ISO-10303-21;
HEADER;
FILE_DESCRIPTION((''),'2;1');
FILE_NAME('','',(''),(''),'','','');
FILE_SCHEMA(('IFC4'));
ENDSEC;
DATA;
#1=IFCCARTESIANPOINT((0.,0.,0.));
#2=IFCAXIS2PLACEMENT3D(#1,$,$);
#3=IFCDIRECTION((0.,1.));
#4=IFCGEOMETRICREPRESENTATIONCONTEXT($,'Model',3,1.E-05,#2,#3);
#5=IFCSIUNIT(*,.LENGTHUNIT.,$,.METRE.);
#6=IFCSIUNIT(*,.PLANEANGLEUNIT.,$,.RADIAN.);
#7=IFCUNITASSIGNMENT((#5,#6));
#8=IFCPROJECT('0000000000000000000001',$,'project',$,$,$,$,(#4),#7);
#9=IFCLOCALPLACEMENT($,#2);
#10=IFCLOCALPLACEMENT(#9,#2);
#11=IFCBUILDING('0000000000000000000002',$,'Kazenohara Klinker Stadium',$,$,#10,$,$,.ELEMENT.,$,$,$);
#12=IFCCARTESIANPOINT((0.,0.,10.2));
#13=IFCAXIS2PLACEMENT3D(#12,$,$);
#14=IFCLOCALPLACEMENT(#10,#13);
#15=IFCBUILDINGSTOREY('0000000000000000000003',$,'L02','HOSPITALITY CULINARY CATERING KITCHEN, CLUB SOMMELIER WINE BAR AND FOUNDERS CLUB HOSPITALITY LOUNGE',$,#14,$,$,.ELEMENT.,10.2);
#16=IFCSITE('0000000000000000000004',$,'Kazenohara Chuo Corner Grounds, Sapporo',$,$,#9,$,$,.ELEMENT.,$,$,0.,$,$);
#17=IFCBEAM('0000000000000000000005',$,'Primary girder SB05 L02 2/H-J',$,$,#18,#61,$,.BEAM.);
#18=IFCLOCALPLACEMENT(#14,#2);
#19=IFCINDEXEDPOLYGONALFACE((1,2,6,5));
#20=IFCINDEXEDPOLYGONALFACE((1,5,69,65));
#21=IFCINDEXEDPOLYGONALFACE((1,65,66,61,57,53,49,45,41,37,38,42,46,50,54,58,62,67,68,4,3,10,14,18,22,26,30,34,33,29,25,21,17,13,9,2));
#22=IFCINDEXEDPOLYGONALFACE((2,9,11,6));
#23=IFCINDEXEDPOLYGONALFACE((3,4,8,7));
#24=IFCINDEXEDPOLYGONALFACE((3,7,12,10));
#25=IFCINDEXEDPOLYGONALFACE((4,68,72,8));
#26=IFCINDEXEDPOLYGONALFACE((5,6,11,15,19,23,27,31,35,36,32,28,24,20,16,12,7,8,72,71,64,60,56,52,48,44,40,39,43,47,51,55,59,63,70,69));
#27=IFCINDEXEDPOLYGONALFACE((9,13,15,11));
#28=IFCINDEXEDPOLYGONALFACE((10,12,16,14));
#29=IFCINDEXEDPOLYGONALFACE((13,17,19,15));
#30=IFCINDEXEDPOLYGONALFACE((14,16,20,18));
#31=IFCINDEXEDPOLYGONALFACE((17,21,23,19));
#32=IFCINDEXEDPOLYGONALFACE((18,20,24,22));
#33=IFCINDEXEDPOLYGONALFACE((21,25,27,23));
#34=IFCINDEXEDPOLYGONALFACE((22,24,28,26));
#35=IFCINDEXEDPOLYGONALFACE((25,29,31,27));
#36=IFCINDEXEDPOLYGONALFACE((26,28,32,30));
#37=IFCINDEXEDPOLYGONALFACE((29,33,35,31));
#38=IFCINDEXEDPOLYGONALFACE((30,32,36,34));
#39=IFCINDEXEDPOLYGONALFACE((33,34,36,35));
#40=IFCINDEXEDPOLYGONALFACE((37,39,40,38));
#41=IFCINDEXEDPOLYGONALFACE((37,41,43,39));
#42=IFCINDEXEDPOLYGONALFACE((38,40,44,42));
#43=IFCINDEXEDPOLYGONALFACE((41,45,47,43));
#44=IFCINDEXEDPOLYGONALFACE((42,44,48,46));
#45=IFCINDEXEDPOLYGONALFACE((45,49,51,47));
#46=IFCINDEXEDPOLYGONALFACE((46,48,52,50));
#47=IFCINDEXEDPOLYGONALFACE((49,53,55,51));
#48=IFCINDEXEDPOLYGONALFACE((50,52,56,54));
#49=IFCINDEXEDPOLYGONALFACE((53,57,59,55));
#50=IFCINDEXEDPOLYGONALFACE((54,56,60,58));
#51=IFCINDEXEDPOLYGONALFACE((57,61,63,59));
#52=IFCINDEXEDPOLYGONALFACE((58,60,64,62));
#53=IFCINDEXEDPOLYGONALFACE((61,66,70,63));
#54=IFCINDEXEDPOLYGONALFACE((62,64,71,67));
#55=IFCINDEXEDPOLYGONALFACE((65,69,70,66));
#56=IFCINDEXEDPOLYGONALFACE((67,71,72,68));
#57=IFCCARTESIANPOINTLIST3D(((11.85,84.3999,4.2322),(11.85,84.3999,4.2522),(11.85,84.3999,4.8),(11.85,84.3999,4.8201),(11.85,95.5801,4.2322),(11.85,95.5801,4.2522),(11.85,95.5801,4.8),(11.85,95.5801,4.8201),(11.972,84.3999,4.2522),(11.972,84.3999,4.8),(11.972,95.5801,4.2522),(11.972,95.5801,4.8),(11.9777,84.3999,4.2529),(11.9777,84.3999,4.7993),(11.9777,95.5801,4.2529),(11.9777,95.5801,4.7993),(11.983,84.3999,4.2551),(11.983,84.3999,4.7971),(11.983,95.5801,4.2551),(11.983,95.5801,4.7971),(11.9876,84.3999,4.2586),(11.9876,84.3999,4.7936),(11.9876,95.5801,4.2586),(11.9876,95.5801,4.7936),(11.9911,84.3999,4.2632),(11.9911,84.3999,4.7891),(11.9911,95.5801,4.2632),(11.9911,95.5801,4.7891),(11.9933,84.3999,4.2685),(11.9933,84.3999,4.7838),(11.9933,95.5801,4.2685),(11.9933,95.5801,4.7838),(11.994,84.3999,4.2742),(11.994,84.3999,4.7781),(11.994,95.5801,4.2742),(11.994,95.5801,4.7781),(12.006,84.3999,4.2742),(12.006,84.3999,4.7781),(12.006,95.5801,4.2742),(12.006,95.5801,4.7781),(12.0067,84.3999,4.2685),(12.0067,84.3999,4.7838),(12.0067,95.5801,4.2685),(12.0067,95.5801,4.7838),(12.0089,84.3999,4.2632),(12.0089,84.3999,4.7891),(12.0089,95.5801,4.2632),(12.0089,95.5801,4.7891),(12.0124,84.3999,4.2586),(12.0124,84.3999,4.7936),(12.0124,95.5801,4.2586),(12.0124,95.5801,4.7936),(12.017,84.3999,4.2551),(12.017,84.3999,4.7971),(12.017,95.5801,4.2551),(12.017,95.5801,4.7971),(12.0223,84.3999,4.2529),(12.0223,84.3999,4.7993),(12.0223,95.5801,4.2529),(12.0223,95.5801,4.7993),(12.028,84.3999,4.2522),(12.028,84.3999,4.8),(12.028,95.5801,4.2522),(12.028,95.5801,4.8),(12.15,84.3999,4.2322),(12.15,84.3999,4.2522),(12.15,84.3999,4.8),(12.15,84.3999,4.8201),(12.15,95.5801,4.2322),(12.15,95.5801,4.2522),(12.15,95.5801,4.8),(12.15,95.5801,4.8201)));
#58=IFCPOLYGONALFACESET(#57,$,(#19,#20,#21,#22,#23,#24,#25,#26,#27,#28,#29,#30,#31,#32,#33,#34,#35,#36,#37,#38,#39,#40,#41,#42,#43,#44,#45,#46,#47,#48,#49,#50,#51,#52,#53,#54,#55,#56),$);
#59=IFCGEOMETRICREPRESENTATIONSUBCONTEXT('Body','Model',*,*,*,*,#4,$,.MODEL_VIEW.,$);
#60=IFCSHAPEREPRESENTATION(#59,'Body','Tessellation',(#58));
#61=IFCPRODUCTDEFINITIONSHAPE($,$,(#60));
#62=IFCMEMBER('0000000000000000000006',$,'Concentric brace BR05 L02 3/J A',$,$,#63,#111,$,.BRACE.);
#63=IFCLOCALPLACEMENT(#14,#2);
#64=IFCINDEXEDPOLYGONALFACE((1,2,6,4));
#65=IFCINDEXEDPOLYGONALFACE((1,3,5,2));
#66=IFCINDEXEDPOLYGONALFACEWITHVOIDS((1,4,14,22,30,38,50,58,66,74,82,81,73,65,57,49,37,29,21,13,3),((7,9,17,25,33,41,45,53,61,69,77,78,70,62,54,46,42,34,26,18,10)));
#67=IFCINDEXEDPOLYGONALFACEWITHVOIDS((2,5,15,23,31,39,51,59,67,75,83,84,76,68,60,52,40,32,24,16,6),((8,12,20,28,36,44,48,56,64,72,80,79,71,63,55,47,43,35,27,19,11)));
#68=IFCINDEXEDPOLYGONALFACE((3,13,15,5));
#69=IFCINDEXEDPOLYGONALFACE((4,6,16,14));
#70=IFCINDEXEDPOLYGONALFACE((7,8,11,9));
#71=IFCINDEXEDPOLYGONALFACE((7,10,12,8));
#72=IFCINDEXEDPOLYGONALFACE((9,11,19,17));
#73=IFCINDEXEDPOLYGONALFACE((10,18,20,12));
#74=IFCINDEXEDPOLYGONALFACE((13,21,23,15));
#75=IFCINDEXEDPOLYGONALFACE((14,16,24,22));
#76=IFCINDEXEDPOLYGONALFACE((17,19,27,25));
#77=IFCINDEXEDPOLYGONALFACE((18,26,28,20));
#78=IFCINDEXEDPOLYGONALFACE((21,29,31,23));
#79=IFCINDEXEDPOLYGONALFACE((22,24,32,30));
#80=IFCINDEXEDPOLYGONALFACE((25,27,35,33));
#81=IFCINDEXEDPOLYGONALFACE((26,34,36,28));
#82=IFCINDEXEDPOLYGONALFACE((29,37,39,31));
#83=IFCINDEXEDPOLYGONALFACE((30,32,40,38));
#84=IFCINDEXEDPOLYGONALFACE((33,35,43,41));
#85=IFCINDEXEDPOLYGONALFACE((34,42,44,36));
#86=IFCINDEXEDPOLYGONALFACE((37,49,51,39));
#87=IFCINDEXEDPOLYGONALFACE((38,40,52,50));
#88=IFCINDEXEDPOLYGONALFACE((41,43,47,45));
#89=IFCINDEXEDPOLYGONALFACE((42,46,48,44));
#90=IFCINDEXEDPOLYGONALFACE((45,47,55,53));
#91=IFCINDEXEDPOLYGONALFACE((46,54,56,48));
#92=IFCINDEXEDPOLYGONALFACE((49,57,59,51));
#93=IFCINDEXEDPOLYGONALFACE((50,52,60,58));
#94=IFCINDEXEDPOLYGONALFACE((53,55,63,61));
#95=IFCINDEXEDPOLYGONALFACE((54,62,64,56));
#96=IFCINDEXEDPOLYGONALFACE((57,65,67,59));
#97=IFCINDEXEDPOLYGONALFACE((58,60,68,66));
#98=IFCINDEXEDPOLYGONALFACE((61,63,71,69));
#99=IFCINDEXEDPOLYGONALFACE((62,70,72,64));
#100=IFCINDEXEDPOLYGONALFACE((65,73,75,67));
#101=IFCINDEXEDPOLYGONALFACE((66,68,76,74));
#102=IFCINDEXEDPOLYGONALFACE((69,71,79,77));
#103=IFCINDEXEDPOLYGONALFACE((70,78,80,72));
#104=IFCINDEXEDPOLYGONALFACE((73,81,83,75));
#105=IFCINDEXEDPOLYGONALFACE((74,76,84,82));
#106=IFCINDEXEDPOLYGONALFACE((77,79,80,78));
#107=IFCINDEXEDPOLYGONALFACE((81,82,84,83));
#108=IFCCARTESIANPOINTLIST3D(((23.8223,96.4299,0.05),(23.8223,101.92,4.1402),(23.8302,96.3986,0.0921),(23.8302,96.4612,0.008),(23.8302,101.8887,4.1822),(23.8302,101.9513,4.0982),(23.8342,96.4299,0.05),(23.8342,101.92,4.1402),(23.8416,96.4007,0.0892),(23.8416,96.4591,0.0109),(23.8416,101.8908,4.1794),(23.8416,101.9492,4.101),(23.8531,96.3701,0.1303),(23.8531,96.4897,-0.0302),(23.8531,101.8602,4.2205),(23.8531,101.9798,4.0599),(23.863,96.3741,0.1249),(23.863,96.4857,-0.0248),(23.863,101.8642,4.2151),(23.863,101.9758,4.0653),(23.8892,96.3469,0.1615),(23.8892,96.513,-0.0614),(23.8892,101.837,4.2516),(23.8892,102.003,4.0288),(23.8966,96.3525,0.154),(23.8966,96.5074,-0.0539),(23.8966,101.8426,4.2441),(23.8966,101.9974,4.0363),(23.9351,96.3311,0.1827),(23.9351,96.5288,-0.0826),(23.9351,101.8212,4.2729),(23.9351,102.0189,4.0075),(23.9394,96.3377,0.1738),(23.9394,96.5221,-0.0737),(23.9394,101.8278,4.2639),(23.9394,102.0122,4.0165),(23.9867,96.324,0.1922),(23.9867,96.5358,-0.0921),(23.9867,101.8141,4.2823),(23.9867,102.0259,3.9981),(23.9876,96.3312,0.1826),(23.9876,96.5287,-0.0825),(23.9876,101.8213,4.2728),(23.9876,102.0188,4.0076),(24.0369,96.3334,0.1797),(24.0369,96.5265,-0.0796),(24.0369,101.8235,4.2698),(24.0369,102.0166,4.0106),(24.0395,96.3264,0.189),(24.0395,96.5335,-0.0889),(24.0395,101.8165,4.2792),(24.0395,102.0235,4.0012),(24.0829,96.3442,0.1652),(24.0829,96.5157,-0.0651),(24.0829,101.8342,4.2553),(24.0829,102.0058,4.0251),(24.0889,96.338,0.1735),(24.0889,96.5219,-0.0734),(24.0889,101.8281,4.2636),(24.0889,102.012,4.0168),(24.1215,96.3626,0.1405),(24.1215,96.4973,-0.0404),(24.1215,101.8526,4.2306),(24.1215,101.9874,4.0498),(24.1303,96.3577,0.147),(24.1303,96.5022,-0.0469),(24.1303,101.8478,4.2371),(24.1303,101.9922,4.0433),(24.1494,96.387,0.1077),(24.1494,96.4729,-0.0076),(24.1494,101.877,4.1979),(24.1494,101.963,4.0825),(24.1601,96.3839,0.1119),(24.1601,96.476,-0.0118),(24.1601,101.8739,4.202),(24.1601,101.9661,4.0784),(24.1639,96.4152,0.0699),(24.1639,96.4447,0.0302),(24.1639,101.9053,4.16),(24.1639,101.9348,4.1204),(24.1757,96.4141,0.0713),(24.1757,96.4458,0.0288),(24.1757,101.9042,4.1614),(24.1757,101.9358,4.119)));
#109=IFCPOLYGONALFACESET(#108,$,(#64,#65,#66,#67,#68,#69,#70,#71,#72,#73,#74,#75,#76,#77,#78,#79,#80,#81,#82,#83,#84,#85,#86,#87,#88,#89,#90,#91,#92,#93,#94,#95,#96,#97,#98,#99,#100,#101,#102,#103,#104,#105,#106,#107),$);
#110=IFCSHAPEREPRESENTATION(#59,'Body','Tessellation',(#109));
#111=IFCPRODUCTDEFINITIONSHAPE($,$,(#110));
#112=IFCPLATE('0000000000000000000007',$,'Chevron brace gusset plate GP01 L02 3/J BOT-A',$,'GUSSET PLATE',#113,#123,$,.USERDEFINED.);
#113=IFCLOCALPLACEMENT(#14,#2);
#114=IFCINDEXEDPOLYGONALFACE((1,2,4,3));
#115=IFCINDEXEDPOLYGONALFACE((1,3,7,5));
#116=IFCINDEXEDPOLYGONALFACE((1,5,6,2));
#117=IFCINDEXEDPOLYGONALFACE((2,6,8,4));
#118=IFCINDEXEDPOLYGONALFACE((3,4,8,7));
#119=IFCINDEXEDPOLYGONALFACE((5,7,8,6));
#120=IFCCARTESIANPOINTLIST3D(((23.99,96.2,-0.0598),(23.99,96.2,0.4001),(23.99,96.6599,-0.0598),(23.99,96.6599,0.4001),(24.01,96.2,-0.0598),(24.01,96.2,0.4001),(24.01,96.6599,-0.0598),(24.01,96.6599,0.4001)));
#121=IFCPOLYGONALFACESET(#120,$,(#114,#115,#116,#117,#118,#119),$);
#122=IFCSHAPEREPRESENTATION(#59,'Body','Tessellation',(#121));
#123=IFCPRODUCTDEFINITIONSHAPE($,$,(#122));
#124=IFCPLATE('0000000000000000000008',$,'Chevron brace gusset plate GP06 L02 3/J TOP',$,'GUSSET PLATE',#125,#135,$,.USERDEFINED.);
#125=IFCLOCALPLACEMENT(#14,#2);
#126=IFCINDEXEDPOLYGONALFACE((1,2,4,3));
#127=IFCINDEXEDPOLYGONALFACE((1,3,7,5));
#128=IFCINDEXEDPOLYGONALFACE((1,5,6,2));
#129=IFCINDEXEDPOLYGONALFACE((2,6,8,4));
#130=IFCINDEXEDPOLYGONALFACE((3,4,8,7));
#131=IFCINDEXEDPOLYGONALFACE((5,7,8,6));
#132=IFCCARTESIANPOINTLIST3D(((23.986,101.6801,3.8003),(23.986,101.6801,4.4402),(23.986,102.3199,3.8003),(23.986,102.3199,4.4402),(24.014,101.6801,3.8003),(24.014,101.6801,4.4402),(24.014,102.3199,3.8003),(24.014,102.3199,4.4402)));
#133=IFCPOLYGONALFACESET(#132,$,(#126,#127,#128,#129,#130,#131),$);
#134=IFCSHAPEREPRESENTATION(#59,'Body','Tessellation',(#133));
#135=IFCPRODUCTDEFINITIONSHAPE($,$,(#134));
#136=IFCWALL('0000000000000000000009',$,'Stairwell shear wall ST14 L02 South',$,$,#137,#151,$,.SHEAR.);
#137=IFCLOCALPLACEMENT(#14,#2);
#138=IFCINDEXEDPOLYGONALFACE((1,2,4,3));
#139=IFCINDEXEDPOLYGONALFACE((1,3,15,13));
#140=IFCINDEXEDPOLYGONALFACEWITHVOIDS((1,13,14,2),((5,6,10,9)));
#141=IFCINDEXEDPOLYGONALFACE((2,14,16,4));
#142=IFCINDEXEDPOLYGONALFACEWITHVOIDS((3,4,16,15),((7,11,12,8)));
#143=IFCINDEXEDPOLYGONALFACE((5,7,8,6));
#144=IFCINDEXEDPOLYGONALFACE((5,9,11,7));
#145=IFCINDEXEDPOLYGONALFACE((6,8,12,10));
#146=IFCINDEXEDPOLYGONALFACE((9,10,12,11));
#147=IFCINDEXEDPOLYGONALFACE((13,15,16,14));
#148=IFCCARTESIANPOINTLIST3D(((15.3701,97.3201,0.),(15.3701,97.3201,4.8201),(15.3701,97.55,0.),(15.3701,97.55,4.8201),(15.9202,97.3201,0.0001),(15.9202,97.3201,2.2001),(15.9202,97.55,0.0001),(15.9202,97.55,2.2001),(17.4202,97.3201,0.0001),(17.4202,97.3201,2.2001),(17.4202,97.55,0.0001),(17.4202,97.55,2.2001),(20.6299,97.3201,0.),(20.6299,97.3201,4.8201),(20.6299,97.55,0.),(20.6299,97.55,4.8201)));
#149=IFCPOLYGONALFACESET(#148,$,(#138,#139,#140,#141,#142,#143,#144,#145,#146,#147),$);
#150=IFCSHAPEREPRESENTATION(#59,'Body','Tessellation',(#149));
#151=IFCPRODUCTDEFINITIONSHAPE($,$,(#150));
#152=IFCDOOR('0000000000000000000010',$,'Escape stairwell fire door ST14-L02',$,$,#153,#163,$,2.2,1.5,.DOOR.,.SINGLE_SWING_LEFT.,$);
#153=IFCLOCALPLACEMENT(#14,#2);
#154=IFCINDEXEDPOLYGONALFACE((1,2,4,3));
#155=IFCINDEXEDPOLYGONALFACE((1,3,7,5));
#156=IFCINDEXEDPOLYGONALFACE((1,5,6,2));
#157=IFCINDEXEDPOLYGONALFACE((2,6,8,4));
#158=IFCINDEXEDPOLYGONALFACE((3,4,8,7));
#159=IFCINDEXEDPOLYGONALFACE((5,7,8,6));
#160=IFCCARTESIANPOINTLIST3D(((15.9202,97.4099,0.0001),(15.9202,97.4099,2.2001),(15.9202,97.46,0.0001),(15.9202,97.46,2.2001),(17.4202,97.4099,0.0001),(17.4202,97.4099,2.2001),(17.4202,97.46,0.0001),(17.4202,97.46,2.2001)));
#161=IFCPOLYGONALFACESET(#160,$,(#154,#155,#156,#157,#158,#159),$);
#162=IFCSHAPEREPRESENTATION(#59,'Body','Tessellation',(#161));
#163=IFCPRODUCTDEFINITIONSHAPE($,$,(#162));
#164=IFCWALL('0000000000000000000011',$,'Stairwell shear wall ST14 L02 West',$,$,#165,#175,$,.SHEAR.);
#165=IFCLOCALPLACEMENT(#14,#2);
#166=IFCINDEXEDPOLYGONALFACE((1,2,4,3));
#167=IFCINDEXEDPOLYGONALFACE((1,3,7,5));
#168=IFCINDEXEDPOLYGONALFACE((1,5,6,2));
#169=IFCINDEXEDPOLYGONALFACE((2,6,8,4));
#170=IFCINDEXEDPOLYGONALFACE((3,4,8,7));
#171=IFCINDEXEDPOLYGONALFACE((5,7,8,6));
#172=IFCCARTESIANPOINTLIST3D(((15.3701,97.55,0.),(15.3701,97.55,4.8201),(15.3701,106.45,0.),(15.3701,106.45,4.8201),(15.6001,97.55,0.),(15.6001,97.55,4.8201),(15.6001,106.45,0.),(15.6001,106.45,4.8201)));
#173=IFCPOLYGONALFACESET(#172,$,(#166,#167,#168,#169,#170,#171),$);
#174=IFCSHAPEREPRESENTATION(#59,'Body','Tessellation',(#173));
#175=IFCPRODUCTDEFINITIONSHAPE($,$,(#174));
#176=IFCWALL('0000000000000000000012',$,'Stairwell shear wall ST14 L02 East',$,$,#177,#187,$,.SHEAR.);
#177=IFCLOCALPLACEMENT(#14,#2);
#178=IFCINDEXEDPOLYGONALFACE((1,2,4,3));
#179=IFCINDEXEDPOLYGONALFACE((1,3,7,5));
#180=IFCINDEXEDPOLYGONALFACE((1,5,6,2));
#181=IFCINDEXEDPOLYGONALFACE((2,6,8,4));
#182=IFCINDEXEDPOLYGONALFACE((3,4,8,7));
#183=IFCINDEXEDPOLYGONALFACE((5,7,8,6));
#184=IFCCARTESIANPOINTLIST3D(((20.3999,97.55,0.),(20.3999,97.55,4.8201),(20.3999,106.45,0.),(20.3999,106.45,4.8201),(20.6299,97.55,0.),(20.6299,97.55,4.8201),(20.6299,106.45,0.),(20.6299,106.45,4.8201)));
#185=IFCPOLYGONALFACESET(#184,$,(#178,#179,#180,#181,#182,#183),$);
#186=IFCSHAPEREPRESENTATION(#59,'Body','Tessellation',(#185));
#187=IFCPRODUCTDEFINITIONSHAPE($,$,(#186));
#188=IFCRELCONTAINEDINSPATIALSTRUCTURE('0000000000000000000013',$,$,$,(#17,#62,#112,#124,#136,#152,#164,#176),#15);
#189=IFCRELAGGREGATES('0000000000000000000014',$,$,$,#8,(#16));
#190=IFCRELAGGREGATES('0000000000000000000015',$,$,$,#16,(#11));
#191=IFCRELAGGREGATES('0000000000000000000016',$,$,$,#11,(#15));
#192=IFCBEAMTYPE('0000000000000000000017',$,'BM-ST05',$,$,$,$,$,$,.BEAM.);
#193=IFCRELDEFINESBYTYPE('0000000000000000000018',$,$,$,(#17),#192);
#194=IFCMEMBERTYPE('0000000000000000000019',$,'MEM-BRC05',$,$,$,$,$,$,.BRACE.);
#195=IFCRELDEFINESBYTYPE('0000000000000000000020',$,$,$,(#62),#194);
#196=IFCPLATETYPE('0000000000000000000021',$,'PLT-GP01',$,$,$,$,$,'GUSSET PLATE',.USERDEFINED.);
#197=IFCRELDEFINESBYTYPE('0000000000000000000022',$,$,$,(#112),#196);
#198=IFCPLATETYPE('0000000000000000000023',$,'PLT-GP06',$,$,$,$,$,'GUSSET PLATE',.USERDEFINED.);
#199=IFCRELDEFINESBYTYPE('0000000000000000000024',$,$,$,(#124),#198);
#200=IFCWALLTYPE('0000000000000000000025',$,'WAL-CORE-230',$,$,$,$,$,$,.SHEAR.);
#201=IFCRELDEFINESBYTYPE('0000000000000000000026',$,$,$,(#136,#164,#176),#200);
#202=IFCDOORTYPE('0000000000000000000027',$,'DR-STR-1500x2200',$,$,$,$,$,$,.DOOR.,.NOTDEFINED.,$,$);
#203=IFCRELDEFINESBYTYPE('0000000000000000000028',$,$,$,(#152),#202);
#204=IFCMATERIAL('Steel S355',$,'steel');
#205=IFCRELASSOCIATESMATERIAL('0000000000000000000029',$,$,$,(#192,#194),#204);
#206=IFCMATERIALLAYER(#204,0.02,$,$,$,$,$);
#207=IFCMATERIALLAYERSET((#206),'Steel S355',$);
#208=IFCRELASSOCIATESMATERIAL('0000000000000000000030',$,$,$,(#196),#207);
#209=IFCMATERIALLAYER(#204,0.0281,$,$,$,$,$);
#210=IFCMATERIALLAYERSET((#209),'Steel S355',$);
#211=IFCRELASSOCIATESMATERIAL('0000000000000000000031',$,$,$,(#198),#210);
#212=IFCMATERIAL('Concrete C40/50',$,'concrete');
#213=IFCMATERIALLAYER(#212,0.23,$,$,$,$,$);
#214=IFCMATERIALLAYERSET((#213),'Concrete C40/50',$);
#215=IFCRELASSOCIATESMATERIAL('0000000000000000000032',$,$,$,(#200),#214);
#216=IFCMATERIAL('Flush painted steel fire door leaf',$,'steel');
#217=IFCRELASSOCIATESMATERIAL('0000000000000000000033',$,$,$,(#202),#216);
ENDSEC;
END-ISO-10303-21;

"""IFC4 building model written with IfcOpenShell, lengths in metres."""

from ifc_helpers import new_model, si_unit, direction, frame, frame_2d, origin, origin_2d, place, context, subcontext, project, spatial, rectangle, hollow_circle, i_section, extrude, material, layer, layer_set, material_profile, profile_set, type_object, element, fill, save


model = new_model("IFC4")

# Units and contexts
model_context = context("Model", 3, precision=1e-05, world=origin(), true_north=direction((0.0, 1.0)))
body_context = subcontext(model_context, "Body", "Model", "MODEL_VIEW")
ifc_project = project(units=[si_unit("LENGTHUNIT", "METRE"), si_unit("PLANEANGLEUNIT", "RADIAN")], contexts=[model_context])

# Site, building, storey
site_placement = place(None, origin())
site = spatial("IfcSite", under=ifc_project, at=site_placement, Name="Kazenohara Chuo Corner Grounds, Sapporo", CompositionType="ELEMENT", RefElevation=0.0)
building_placement = place(site_placement, origin())
building = spatial("IfcBuilding", under=site, at=building_placement, Name="Kazenohara Klinker Stadium", CompositionType="ELEMENT")
storey_placement = place(building_placement, frame((0.0, 0.0, 10.2)))
storey = spatial("IfcBuildingStorey", under=building, at=storey_placement, Name="L02", Description="HOSPITALITY CULINARY CATERING KITCHEN, CLUB SOMMELIER WINE BAR AND FOUNDERS CLUB HOSPITALITY LOUNGE", CompositionType="ELEMENT", Elevation=10.2)

# Shared definitions
ifc_material_1 = material(Name="Concrete C40/50", Category="concrete")

# Beam
ifc_material_2 = material(Name="Steel S355", Category="steel")
ifc_material_profile_1 = material_profile(ifc_material_2, i_section(OverallWidth=0.3, OverallDepth=0.5879, WebThickness=0.012, FlangeThickness=0.02, FilletRadius=0.022, at=origin_2d()), Name="H-588x300x12x20")
ifc_profile_set_1 = profile_set([ifc_material_profile_1], Name="Steel S355")
beam_type_1 = type_object("IfcBeamType", Name="BM-ST05", PredefinedType="BEAM", material=ifc_profile_set_1)
beam_1_placement = place(storey_placement, frame((12.0, 84.3999, 4.5261), z_axis=(0.0, 1.0, 0.0), x_axis=(-1.0, 0.0, 0.0)))
element("IfcBeam", 1, at=beam_1_placement, inside=storey, type_object=beam_type_1, Name="Primary girder SB05 L02 2/H-J", PredefinedType="BEAM", context=body_context, shape_type="SweptSolid", body=[
    extrude(i_section(OverallWidth=0.3, OverallDepth=0.5879, WebThickness=0.012, FlangeThickness=0.02, FilletRadius=0.022, at=origin_2d()), origin(), (0.0, 0.0, 1.0), 11.1802),
])

# Member
ifc_material_profile_2 = material_profile(ifc_material_2, hollow_circle(Radius=0.1777, WallThickness=0.012, at=origin_2d()), Name="CHS-355.6x12")
ifc_profile_set_2 = profile_set([ifc_material_profile_2], Name="Steel S355")
member_type = type_object("IfcMemberType", Name="MEM-BRC05", PredefinedType="BRACE", material=ifc_profile_set_2)
member_placement = place(storey_placement, frame((24.0, 96.4299, 0.05), z_axis=(0.0, 0.801917, 0.597435), x_axis=(-1.0, 0.0, 0.0)))
element("IfcMember", 2, at=member_placement, inside=storey, type_object=member_type, Name="Concentric brace BR05 L02 3/J A", PredefinedType="BRACE", context=body_context, shape_type="SweptSolid", body=[
    extrude(hollow_circle(Radius=0.1777, WallThickness=0.012, at=origin_2d()), origin(), (0.0, 0.0, 1.0), 6.8462),
])

# Plates
ifc_layer_1 = layer(ifc_material_2, 0.02)
ifc_layer_set_1 = layer_set([ifc_layer_1], Name="Steel S355")
plate_type_1 = type_object("IfcPlateType", Name="PLT-GP01", ElementType="GUSSET PLATE", PredefinedType="USERDEFINED", material=ifc_layer_set_1)
plate_1_placement = place(storey_placement, frame((24.0, 96.4299, -0.0598), z_axis=(0.0, 0.0, 1.0), x_axis=(1.0, 0.0, 0.0)))
element("IfcPlate", 3, at=plate_1_placement, inside=storey, type_object=plate_type_1, Name="Chevron brace gusset plate GP01 L02 3/J BOT-A", ObjectType="GUSSET PLATE", PredefinedType="USERDEFINED", context=body_context, shape_type="SweptSolid", body=[
    extrude(rectangle(XDim=0.02, YDim=0.46, at=origin_2d()), origin(), (0.0, 0.0, 1.0), 0.46),
])
ifc_layer_2 = layer(ifc_material_2, 0.0281)
ifc_layer_set_2 = layer_set([ifc_layer_2], Name="Steel S355")
plate_type_2 = type_object("IfcPlateType", Name="PLT-GP06", ElementType="GUSSET PLATE", PredefinedType="USERDEFINED", material=ifc_layer_set_2)
plate_2_placement = place(storey_placement, frame((24.0, 102.0, 3.8003), z_axis=(0.0, 0.0, 1.0), x_axis=(1.0, 0.0, 0.0)))
element("IfcPlate", 4, at=plate_2_placement, inside=storey, type_object=plate_type_2, Name="Chevron brace gusset plate GP06 L02 3/J TOP", ObjectType="GUSSET PLATE", PredefinedType="USERDEFINED", context=body_context, shape_type="SweptSolid", body=[
    extrude(rectangle(XDim=0.0281, YDim=0.6399, at=origin_2d()), origin(), (0.0, 0.0, 1.0), 0.6399),
])

# Wall, opening, door
ifc_layer_3 = layer(ifc_material_1, 0.23)
ifc_layer_set_3 = layer_set([ifc_layer_3], Name="Concrete C40/50")
wall_type_1 = type_object("IfcWallType", Name="WAL-CORE-230", PredefinedType="SHEAR", material=ifc_layer_set_3)
wall_1_placement = place(storey_placement, frame((15.3701, 97.4351, 0.0), z_axis=(0.0, 0.0, 1.0), x_axis=(1.0, 0.0, 0.0)))
wall_1 = element("IfcWall", 5, at=wall_1_placement, inside=storey, type_object=wall_type_1, Name="Stairwell shear wall ST14 L02 South", PredefinedType="SHEAR", context=body_context, shape_type="SweptSolid", body=[
    extrude(rectangle(XDim=5.2598, YDim=0.23, at=frame_2d((2.6299, 0.0))), origin(), (0.0, 0.0, 1.0), 4.8201),
])
opening_1_placement = place(wall_1_placement, frame((0.55, 0.0, 0.0)))
opening_1 = element("IfcOpeningElement", 6, at=opening_1_placement, cuts=wall_1, PredefinedType="OPENING", context=body_context, shape_type="SweptSolid", body=[
    extrude(rectangle(XDim=1.5, YDim=2.2, at=frame_2d((0.75, 1.1001))), frame((0.0, 0.125, 0.0), z_axis=(0.0, -1.0, 0.0), x_axis=(1.0, 0.0, 0.0)), (0.0, 0.0, 1.0), 0.25),
])
ifc_material_3 = material(Name="Flush painted steel fire door leaf", Category="steel")
door_type_1 = type_object("IfcDoorType", Name="DR-STR-1500x2200", OperationType="NOTDEFINED", PredefinedType="DOOR", material=ifc_material_3)
door_1_placement = place(opening_1_placement, origin())
door_1 = element("IfcDoor", 7, at=door_1_placement, inside=storey, type_object=door_type_1, Name="Escape stairwell fire door ST14-L02", OperationType="SINGLE_SWING_LEFT", OverallHeight=2.2, OverallWidth=1.5, PredefinedType="DOOR", context=body_context, shape_type="SweptSolid", body=[
    extrude(rectangle(XDim=1.5, YDim=2.2, at=frame_2d((0.75, 1.1001))), frame((0.0, 0.0249, 0.0), z_axis=(0.0, -1.0, 0.0), x_axis=(1.0, 0.0, 0.0)), (0.0, 0.0, 1.0), 0.05),
])
fill(opening_1, door_1)

# Walls
for number, where, z_axis, x_axis, name in (
    (8, (15.4851, 97.55, 0.0), (0.0, 0.0, 1.0), (0.0, 1.0, 0.0), "Stairwell shear wall ST14 L02 West"),
    (9, (20.5149, 97.55, 0.0), (0.0, 0.0, 1.0), (0.0, 1.0, 0.0), "Stairwell shear wall ST14 L02 East"),
):
    element("IfcWall", number, at=place(storey_placement, frame(where, z_axis=z_axis, x_axis=x_axis)), inside=storey, type_object=wall_type_1, Name=name, PredefinedType="SHEAR", context=body_context, shape_type="SweptSolid", body=[
        extrude(rectangle(XDim=8.8999, YDim=0.23, at=frame_2d((4.45, 0.0))), origin(), (0.0, 0.0, 1.0), 4.8201),
    ])

save(model, "model.ifc")
